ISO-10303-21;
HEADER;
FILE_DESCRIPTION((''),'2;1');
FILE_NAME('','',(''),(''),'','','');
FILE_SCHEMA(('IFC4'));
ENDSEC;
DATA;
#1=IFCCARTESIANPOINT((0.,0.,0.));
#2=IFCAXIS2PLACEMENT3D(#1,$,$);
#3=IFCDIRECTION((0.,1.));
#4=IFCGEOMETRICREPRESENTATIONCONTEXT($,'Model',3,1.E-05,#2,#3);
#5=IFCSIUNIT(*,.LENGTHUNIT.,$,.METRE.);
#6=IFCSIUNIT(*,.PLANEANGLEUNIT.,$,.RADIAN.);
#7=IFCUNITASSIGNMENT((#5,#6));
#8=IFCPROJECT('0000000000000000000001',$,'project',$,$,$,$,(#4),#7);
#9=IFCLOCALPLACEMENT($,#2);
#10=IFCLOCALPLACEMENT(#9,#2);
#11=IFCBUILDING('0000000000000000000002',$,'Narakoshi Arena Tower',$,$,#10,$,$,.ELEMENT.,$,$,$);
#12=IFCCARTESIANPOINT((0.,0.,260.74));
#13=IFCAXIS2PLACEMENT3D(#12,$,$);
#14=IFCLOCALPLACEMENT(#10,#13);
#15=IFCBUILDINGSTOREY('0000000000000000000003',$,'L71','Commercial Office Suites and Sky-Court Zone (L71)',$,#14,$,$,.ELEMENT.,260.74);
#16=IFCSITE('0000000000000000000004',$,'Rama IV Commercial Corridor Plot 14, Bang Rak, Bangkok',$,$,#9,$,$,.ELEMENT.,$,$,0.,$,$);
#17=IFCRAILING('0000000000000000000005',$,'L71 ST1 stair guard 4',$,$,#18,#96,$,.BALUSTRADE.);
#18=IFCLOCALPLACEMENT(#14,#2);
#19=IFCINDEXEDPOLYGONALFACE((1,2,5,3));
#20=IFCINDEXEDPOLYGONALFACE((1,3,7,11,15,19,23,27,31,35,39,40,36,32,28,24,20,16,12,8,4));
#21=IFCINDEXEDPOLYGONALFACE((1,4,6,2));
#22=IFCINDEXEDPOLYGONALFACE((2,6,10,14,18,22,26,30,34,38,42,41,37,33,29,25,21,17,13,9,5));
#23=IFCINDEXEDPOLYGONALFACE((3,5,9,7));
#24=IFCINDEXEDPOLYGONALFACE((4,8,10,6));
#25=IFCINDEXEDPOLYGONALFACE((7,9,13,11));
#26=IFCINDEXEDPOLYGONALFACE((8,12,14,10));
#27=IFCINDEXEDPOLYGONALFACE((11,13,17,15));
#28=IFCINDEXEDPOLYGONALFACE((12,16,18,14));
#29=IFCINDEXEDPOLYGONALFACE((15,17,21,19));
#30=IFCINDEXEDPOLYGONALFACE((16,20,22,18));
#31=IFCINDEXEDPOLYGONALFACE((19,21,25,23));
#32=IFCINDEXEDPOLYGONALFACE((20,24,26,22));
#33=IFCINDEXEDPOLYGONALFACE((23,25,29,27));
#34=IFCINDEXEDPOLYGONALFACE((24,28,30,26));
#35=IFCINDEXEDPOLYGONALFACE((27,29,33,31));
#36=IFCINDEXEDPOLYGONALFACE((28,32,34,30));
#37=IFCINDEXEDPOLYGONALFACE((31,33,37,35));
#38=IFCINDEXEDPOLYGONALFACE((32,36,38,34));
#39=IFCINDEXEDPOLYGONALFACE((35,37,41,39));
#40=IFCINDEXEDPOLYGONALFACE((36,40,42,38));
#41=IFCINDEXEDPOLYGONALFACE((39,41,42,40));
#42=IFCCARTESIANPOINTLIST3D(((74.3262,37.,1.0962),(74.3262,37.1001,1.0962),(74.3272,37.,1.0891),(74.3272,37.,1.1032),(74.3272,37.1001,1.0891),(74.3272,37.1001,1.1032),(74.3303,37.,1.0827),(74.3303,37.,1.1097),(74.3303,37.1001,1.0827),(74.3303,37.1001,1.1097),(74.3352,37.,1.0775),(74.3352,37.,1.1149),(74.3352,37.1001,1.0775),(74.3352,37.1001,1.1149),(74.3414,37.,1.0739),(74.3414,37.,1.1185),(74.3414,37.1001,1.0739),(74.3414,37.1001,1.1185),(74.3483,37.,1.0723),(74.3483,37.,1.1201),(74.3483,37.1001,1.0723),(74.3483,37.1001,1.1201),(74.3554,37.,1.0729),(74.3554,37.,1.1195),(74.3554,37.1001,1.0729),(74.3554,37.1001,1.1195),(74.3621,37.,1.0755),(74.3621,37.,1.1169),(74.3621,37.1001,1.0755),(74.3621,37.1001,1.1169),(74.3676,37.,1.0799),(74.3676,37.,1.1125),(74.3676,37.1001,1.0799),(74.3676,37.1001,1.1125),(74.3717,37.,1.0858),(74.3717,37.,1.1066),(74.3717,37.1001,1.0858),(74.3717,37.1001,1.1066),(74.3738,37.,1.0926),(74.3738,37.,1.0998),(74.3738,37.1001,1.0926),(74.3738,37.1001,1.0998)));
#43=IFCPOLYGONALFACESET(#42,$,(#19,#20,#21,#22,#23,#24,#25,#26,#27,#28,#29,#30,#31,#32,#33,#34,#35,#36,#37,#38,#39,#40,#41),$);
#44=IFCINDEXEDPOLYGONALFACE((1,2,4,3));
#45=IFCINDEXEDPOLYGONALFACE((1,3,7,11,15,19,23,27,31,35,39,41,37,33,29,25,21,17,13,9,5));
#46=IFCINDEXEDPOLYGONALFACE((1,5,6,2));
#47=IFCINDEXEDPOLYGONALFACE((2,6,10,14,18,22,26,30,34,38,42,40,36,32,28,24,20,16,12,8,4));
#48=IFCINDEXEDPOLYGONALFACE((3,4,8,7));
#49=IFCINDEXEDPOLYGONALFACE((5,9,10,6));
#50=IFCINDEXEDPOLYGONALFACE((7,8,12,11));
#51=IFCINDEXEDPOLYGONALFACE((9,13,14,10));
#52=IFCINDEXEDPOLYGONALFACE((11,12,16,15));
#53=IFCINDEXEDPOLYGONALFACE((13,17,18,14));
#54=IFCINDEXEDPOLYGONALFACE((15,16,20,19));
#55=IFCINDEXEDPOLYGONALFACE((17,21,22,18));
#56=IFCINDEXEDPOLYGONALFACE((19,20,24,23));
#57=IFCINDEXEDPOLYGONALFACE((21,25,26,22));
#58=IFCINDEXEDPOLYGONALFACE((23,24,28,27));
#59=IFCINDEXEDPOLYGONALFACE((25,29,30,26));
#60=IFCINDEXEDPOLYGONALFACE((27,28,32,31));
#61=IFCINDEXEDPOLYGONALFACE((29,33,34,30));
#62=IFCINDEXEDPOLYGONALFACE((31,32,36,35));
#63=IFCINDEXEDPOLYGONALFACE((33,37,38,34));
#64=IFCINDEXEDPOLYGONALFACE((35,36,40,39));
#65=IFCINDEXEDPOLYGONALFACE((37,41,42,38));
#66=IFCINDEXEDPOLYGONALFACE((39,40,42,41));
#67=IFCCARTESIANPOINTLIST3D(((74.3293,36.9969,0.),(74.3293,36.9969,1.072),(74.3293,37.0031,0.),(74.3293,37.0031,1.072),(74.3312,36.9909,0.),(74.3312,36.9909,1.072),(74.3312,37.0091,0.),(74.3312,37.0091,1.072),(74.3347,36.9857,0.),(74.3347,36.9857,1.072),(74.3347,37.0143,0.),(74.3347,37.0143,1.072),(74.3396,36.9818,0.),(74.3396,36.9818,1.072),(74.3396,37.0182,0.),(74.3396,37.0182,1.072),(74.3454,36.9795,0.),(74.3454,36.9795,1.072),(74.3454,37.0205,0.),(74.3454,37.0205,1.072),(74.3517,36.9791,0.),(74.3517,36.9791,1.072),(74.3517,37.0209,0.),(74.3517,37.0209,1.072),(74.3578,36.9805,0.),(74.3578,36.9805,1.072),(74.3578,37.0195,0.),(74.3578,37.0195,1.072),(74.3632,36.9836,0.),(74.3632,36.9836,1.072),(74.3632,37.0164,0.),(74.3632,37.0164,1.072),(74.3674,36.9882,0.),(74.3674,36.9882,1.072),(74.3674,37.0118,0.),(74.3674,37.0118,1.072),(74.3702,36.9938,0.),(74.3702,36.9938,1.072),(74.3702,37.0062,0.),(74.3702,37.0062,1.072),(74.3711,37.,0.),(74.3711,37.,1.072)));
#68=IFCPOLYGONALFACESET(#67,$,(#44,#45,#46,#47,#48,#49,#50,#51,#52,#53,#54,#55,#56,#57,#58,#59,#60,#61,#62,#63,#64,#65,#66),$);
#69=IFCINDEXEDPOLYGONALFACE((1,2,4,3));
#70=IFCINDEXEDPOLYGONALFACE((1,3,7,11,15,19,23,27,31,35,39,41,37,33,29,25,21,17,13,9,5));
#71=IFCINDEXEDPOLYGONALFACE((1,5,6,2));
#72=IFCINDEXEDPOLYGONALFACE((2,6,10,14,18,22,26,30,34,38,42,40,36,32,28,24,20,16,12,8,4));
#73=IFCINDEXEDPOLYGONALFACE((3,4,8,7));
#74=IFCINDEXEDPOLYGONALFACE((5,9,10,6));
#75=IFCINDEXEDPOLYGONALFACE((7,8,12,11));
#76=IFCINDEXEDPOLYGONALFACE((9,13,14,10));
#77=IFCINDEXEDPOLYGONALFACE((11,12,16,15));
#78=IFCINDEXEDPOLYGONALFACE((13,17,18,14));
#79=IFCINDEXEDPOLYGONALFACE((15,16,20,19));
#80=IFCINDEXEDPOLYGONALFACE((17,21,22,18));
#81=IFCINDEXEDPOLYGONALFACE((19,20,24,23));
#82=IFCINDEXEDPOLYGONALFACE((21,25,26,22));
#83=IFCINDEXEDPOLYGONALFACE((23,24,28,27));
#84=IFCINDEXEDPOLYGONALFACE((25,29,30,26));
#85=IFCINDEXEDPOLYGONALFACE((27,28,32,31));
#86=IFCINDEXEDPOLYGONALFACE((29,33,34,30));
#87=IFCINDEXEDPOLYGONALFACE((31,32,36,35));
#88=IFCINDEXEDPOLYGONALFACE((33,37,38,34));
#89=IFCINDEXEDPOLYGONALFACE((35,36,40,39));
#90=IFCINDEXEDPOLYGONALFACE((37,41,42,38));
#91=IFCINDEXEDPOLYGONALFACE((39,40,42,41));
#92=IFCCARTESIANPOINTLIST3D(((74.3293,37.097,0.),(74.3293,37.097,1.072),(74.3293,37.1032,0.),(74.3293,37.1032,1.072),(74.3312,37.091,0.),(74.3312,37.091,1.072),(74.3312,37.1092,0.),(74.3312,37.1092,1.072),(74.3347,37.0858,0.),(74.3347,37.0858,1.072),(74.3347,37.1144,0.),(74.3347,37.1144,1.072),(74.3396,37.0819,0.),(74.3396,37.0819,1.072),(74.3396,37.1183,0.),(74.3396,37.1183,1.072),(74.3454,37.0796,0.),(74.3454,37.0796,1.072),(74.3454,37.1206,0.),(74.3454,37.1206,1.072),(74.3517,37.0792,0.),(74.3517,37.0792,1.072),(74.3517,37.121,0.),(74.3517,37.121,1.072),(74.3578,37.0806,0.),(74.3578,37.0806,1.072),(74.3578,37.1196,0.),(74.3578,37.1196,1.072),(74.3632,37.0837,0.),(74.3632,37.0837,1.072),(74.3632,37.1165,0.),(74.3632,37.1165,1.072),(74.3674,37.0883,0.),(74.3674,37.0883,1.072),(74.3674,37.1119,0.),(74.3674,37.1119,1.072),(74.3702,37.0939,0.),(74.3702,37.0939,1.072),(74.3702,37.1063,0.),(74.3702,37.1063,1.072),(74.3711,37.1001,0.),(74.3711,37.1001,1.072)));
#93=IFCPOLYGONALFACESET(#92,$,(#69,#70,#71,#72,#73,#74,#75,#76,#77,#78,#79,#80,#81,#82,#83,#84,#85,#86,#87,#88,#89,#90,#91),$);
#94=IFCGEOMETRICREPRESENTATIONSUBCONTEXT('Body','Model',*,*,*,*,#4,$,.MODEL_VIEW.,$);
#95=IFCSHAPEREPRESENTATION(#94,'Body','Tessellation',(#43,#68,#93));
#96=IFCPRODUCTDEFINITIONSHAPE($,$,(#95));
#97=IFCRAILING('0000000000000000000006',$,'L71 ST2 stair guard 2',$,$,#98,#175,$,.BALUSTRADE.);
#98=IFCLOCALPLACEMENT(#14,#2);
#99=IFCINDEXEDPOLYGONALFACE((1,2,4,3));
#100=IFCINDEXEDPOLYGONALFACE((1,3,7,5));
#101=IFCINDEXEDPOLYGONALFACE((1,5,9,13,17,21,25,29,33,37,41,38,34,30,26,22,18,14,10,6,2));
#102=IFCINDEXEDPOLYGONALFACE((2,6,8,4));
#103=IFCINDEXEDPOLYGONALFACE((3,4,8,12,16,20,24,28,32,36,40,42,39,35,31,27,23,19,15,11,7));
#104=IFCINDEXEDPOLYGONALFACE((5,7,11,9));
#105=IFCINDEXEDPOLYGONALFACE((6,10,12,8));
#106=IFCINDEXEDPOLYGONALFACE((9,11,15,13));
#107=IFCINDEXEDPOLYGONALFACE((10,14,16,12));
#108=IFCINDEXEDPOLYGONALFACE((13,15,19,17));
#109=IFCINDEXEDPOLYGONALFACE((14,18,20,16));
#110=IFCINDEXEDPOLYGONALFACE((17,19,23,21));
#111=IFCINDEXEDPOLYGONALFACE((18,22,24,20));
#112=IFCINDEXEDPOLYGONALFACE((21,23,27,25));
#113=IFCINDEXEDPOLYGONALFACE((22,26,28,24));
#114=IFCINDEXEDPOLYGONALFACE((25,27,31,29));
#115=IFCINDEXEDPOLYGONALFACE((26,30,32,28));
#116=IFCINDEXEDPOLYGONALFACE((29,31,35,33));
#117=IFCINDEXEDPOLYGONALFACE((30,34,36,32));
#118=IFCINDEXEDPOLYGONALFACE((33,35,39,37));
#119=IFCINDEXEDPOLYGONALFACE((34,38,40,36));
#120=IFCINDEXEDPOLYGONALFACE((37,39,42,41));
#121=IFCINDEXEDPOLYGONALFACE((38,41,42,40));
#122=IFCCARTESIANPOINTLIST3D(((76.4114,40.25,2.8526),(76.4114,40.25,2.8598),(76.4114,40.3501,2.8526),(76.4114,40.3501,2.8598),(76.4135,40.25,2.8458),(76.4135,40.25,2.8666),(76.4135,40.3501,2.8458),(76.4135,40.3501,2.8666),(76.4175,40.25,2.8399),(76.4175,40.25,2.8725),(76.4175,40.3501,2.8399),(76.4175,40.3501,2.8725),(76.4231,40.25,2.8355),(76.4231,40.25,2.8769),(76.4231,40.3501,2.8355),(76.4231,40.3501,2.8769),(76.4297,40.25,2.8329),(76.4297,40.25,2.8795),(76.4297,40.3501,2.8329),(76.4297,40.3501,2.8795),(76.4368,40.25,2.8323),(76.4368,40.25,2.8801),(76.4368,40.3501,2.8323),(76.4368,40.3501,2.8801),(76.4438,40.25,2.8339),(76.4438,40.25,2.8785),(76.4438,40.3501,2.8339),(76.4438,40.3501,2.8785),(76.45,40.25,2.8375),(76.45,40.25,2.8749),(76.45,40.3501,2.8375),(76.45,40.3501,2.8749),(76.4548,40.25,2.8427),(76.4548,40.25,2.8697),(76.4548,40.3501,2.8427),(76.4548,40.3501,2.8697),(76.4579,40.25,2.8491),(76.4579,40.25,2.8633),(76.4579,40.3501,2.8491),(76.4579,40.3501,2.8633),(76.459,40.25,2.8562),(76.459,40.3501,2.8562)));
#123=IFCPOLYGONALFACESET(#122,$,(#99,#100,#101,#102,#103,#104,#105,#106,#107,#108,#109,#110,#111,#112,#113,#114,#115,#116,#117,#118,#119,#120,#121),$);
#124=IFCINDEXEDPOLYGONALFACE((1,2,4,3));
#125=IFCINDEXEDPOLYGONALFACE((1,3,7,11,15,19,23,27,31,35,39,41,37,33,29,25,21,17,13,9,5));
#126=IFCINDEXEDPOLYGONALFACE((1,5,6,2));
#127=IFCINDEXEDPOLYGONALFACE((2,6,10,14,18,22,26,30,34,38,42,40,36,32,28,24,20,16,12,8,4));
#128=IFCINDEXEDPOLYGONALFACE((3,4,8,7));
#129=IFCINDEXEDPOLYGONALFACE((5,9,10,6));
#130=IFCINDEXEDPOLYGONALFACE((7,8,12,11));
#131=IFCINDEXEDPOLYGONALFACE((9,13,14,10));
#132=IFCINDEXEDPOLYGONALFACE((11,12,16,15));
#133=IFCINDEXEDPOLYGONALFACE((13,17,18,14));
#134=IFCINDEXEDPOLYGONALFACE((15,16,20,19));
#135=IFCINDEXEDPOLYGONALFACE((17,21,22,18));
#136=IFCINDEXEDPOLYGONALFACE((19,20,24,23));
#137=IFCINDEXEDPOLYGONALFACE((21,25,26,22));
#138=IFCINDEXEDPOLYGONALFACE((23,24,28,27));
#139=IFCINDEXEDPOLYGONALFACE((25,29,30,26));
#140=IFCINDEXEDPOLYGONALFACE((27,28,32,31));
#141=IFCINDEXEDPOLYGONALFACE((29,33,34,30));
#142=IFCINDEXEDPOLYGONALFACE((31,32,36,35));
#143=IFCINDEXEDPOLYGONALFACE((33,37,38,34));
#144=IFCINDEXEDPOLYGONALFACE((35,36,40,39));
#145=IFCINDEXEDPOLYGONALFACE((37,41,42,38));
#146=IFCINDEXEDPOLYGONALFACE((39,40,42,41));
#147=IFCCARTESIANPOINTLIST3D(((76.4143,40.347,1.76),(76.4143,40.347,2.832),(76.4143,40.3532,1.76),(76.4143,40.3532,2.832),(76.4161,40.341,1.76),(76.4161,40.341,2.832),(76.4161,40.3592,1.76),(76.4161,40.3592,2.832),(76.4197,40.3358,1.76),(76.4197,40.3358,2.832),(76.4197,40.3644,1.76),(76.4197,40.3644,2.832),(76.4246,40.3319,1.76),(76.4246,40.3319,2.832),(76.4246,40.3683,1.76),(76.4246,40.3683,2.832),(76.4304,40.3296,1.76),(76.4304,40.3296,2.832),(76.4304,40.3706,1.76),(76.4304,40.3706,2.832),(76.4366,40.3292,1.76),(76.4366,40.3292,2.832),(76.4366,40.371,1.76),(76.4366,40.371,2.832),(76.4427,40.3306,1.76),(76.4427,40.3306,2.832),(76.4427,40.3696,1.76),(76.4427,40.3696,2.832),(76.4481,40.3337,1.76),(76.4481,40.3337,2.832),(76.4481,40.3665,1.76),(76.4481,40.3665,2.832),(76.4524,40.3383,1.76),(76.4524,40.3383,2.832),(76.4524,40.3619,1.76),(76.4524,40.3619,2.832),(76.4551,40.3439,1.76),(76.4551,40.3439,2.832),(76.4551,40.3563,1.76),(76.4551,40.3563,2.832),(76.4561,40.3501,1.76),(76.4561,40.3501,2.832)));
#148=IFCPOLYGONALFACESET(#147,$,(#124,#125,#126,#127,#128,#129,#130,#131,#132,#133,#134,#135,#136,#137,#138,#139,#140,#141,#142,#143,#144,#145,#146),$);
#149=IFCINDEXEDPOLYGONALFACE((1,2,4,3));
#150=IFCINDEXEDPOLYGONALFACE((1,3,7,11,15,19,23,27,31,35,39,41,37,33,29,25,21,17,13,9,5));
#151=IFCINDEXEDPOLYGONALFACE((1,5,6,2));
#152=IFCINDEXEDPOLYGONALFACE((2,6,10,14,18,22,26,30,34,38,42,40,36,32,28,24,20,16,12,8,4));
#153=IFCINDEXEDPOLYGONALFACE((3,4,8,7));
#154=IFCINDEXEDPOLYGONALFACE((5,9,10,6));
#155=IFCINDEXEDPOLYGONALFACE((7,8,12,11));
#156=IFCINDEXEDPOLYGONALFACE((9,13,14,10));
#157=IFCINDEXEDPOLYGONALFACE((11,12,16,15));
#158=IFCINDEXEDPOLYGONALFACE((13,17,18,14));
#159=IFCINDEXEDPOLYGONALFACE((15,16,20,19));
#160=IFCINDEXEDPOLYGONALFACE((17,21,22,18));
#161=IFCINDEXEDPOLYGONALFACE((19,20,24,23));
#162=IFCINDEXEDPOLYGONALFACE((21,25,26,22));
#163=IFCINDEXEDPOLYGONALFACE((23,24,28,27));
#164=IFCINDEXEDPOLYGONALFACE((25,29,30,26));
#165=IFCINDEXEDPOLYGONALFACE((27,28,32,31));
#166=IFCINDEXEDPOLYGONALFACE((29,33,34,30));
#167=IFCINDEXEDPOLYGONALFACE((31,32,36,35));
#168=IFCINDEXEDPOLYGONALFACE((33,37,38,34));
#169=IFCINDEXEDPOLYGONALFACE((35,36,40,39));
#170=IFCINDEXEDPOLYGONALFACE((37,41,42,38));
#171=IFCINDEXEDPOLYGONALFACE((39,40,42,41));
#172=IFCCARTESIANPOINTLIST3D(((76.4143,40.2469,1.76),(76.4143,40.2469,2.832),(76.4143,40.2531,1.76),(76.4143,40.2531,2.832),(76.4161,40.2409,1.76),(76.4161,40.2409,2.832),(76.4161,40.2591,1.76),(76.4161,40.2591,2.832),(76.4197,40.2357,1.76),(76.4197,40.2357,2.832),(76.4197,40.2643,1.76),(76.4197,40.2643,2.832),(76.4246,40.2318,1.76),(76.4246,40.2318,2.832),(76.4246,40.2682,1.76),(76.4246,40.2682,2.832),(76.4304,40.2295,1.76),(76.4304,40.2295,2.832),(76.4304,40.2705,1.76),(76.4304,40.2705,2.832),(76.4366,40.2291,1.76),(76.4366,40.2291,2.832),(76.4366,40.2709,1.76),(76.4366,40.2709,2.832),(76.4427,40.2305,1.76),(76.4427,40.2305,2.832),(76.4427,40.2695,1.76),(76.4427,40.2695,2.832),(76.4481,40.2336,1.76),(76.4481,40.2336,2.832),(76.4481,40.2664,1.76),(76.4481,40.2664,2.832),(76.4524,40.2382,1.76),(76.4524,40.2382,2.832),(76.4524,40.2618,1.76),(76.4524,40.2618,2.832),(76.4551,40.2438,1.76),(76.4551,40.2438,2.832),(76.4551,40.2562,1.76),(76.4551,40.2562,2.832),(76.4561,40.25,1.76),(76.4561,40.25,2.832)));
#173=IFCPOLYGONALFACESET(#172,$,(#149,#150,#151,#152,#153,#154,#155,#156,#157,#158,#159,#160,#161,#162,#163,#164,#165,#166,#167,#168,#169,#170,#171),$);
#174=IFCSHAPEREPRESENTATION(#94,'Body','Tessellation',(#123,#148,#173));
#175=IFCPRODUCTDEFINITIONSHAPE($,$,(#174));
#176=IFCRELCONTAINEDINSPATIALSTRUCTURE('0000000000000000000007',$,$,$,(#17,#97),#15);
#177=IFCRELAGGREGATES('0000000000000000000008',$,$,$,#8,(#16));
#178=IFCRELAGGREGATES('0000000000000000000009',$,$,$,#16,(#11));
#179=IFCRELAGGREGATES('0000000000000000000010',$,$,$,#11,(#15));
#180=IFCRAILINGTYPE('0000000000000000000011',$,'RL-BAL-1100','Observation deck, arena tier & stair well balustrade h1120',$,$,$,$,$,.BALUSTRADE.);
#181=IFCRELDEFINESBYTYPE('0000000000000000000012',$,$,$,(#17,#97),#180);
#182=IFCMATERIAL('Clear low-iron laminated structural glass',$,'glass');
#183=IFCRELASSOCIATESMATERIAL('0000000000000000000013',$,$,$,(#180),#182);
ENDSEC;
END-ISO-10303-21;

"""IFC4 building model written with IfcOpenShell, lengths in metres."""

from ifc_helpers import new_model, si_unit, direction, frame, origin, origin_2d, place, context, subcontext, project, spatial, circle, extrude, material, type_object, element, save


model = new_model("IFC4")

# Units and contexts
model_context = context("Model", 3, precision=1e-05, world=origin(), true_north=direction((0.0, 1.0)))
body_context = subcontext(model_context, "Body", "Model", "MODEL_VIEW")
ifc_project = project(units=[si_unit("LENGTHUNIT", "METRE"), si_unit("PLANEANGLEUNIT", "RADIAN")], contexts=[model_context])

# Site, building, storey
site_placement = place(None, origin())
site = spatial("IfcSite", under=ifc_project, at=site_placement, Name="Rama IV Commercial Corridor Plot 14, Bang Rak, Bangkok", CompositionType="ELEMENT", RefElevation=0.0)
building_placement = place(site_placement, origin())
building = spatial("IfcBuilding", under=site, at=building_placement, Name="Narakoshi Arena Tower", CompositionType="ELEMENT")
storey_placement = place(building_placement, frame((0.0, 0.0, 260.74)))
storey = spatial("IfcBuildingStorey", under=building, at=storey_placement, Name="L71", Description="Commercial Office Suites and Sky-Court Zone (L71)", CompositionType="ELEMENT", Elevation=260.74)

# Railings
ifc_material_1 = material(Name="Clear low-iron laminated structural glass", Category="glass")
railing_type_1 = type_object("IfcRailingType", Name="RL-BAL-1100", Description="Observation deck, arena tier & stair well balustrade h1120", PredefinedType="BALUSTRADE", material=ifc_material_1)
railing_1_placement = place(storey_placement, frame((74.3501, 37.0, 0.0)))
element("IfcRailing", 1, at=railing_1_placement, inside=storey, type_object=railing_type_1, Name="L71 ST1 stair guard 4", PredefinedType="BALUSTRADE", context=body_context, shape_type="SweptSolid", body=[
    extrude(circle(Radius=0.0239, at=origin_2d()), frame((0.0, 0.0, 1.0962), z_axis=(0.0, 1.0, 0.0), x_axis=(-1.0, 0.0, 0.0)), (0.0, 0.0, 1.0), 0.1001),
    extrude(circle(Radius=0.021, at=origin_2d()), origin(), (0.0, 0.0, 1.0), 1.072),
    extrude(circle(Radius=0.021, at=origin_2d()), frame((0.0, 0.1001, 0.0)), (0.0, 0.0, 1.0), 1.072),
])
railing_2_placement = place(storey_placement, frame((76.4351, 40.3501, 1.76)))
element("IfcRailing", 2, at=railing_2_placement, inside=storey, type_object=railing_type_1, Name="L71 ST2 stair guard 2", PredefinedType="BALUSTRADE", context=body_context, shape_type="SweptSolid", body=[
    extrude(circle(Radius=0.0239, at=origin_2d()), frame((0.0, 0.0, 1.0962), z_axis=(0.0, -1.0, 0.0), x_axis=(1.0, 0.0, 0.0)), (0.0, 0.0, 1.0), 0.1001),
    extrude(circle(Radius=0.021, at=origin_2d()), origin(), (0.0, 0.0, 1.0), 1.072),
    extrude(circle(Radius=0.021, at=origin_2d()), frame((0.0, -0.1001, 0.0)), (0.0, 0.0, 1.0), 1.072),
])

save(model, "model.ifc")
